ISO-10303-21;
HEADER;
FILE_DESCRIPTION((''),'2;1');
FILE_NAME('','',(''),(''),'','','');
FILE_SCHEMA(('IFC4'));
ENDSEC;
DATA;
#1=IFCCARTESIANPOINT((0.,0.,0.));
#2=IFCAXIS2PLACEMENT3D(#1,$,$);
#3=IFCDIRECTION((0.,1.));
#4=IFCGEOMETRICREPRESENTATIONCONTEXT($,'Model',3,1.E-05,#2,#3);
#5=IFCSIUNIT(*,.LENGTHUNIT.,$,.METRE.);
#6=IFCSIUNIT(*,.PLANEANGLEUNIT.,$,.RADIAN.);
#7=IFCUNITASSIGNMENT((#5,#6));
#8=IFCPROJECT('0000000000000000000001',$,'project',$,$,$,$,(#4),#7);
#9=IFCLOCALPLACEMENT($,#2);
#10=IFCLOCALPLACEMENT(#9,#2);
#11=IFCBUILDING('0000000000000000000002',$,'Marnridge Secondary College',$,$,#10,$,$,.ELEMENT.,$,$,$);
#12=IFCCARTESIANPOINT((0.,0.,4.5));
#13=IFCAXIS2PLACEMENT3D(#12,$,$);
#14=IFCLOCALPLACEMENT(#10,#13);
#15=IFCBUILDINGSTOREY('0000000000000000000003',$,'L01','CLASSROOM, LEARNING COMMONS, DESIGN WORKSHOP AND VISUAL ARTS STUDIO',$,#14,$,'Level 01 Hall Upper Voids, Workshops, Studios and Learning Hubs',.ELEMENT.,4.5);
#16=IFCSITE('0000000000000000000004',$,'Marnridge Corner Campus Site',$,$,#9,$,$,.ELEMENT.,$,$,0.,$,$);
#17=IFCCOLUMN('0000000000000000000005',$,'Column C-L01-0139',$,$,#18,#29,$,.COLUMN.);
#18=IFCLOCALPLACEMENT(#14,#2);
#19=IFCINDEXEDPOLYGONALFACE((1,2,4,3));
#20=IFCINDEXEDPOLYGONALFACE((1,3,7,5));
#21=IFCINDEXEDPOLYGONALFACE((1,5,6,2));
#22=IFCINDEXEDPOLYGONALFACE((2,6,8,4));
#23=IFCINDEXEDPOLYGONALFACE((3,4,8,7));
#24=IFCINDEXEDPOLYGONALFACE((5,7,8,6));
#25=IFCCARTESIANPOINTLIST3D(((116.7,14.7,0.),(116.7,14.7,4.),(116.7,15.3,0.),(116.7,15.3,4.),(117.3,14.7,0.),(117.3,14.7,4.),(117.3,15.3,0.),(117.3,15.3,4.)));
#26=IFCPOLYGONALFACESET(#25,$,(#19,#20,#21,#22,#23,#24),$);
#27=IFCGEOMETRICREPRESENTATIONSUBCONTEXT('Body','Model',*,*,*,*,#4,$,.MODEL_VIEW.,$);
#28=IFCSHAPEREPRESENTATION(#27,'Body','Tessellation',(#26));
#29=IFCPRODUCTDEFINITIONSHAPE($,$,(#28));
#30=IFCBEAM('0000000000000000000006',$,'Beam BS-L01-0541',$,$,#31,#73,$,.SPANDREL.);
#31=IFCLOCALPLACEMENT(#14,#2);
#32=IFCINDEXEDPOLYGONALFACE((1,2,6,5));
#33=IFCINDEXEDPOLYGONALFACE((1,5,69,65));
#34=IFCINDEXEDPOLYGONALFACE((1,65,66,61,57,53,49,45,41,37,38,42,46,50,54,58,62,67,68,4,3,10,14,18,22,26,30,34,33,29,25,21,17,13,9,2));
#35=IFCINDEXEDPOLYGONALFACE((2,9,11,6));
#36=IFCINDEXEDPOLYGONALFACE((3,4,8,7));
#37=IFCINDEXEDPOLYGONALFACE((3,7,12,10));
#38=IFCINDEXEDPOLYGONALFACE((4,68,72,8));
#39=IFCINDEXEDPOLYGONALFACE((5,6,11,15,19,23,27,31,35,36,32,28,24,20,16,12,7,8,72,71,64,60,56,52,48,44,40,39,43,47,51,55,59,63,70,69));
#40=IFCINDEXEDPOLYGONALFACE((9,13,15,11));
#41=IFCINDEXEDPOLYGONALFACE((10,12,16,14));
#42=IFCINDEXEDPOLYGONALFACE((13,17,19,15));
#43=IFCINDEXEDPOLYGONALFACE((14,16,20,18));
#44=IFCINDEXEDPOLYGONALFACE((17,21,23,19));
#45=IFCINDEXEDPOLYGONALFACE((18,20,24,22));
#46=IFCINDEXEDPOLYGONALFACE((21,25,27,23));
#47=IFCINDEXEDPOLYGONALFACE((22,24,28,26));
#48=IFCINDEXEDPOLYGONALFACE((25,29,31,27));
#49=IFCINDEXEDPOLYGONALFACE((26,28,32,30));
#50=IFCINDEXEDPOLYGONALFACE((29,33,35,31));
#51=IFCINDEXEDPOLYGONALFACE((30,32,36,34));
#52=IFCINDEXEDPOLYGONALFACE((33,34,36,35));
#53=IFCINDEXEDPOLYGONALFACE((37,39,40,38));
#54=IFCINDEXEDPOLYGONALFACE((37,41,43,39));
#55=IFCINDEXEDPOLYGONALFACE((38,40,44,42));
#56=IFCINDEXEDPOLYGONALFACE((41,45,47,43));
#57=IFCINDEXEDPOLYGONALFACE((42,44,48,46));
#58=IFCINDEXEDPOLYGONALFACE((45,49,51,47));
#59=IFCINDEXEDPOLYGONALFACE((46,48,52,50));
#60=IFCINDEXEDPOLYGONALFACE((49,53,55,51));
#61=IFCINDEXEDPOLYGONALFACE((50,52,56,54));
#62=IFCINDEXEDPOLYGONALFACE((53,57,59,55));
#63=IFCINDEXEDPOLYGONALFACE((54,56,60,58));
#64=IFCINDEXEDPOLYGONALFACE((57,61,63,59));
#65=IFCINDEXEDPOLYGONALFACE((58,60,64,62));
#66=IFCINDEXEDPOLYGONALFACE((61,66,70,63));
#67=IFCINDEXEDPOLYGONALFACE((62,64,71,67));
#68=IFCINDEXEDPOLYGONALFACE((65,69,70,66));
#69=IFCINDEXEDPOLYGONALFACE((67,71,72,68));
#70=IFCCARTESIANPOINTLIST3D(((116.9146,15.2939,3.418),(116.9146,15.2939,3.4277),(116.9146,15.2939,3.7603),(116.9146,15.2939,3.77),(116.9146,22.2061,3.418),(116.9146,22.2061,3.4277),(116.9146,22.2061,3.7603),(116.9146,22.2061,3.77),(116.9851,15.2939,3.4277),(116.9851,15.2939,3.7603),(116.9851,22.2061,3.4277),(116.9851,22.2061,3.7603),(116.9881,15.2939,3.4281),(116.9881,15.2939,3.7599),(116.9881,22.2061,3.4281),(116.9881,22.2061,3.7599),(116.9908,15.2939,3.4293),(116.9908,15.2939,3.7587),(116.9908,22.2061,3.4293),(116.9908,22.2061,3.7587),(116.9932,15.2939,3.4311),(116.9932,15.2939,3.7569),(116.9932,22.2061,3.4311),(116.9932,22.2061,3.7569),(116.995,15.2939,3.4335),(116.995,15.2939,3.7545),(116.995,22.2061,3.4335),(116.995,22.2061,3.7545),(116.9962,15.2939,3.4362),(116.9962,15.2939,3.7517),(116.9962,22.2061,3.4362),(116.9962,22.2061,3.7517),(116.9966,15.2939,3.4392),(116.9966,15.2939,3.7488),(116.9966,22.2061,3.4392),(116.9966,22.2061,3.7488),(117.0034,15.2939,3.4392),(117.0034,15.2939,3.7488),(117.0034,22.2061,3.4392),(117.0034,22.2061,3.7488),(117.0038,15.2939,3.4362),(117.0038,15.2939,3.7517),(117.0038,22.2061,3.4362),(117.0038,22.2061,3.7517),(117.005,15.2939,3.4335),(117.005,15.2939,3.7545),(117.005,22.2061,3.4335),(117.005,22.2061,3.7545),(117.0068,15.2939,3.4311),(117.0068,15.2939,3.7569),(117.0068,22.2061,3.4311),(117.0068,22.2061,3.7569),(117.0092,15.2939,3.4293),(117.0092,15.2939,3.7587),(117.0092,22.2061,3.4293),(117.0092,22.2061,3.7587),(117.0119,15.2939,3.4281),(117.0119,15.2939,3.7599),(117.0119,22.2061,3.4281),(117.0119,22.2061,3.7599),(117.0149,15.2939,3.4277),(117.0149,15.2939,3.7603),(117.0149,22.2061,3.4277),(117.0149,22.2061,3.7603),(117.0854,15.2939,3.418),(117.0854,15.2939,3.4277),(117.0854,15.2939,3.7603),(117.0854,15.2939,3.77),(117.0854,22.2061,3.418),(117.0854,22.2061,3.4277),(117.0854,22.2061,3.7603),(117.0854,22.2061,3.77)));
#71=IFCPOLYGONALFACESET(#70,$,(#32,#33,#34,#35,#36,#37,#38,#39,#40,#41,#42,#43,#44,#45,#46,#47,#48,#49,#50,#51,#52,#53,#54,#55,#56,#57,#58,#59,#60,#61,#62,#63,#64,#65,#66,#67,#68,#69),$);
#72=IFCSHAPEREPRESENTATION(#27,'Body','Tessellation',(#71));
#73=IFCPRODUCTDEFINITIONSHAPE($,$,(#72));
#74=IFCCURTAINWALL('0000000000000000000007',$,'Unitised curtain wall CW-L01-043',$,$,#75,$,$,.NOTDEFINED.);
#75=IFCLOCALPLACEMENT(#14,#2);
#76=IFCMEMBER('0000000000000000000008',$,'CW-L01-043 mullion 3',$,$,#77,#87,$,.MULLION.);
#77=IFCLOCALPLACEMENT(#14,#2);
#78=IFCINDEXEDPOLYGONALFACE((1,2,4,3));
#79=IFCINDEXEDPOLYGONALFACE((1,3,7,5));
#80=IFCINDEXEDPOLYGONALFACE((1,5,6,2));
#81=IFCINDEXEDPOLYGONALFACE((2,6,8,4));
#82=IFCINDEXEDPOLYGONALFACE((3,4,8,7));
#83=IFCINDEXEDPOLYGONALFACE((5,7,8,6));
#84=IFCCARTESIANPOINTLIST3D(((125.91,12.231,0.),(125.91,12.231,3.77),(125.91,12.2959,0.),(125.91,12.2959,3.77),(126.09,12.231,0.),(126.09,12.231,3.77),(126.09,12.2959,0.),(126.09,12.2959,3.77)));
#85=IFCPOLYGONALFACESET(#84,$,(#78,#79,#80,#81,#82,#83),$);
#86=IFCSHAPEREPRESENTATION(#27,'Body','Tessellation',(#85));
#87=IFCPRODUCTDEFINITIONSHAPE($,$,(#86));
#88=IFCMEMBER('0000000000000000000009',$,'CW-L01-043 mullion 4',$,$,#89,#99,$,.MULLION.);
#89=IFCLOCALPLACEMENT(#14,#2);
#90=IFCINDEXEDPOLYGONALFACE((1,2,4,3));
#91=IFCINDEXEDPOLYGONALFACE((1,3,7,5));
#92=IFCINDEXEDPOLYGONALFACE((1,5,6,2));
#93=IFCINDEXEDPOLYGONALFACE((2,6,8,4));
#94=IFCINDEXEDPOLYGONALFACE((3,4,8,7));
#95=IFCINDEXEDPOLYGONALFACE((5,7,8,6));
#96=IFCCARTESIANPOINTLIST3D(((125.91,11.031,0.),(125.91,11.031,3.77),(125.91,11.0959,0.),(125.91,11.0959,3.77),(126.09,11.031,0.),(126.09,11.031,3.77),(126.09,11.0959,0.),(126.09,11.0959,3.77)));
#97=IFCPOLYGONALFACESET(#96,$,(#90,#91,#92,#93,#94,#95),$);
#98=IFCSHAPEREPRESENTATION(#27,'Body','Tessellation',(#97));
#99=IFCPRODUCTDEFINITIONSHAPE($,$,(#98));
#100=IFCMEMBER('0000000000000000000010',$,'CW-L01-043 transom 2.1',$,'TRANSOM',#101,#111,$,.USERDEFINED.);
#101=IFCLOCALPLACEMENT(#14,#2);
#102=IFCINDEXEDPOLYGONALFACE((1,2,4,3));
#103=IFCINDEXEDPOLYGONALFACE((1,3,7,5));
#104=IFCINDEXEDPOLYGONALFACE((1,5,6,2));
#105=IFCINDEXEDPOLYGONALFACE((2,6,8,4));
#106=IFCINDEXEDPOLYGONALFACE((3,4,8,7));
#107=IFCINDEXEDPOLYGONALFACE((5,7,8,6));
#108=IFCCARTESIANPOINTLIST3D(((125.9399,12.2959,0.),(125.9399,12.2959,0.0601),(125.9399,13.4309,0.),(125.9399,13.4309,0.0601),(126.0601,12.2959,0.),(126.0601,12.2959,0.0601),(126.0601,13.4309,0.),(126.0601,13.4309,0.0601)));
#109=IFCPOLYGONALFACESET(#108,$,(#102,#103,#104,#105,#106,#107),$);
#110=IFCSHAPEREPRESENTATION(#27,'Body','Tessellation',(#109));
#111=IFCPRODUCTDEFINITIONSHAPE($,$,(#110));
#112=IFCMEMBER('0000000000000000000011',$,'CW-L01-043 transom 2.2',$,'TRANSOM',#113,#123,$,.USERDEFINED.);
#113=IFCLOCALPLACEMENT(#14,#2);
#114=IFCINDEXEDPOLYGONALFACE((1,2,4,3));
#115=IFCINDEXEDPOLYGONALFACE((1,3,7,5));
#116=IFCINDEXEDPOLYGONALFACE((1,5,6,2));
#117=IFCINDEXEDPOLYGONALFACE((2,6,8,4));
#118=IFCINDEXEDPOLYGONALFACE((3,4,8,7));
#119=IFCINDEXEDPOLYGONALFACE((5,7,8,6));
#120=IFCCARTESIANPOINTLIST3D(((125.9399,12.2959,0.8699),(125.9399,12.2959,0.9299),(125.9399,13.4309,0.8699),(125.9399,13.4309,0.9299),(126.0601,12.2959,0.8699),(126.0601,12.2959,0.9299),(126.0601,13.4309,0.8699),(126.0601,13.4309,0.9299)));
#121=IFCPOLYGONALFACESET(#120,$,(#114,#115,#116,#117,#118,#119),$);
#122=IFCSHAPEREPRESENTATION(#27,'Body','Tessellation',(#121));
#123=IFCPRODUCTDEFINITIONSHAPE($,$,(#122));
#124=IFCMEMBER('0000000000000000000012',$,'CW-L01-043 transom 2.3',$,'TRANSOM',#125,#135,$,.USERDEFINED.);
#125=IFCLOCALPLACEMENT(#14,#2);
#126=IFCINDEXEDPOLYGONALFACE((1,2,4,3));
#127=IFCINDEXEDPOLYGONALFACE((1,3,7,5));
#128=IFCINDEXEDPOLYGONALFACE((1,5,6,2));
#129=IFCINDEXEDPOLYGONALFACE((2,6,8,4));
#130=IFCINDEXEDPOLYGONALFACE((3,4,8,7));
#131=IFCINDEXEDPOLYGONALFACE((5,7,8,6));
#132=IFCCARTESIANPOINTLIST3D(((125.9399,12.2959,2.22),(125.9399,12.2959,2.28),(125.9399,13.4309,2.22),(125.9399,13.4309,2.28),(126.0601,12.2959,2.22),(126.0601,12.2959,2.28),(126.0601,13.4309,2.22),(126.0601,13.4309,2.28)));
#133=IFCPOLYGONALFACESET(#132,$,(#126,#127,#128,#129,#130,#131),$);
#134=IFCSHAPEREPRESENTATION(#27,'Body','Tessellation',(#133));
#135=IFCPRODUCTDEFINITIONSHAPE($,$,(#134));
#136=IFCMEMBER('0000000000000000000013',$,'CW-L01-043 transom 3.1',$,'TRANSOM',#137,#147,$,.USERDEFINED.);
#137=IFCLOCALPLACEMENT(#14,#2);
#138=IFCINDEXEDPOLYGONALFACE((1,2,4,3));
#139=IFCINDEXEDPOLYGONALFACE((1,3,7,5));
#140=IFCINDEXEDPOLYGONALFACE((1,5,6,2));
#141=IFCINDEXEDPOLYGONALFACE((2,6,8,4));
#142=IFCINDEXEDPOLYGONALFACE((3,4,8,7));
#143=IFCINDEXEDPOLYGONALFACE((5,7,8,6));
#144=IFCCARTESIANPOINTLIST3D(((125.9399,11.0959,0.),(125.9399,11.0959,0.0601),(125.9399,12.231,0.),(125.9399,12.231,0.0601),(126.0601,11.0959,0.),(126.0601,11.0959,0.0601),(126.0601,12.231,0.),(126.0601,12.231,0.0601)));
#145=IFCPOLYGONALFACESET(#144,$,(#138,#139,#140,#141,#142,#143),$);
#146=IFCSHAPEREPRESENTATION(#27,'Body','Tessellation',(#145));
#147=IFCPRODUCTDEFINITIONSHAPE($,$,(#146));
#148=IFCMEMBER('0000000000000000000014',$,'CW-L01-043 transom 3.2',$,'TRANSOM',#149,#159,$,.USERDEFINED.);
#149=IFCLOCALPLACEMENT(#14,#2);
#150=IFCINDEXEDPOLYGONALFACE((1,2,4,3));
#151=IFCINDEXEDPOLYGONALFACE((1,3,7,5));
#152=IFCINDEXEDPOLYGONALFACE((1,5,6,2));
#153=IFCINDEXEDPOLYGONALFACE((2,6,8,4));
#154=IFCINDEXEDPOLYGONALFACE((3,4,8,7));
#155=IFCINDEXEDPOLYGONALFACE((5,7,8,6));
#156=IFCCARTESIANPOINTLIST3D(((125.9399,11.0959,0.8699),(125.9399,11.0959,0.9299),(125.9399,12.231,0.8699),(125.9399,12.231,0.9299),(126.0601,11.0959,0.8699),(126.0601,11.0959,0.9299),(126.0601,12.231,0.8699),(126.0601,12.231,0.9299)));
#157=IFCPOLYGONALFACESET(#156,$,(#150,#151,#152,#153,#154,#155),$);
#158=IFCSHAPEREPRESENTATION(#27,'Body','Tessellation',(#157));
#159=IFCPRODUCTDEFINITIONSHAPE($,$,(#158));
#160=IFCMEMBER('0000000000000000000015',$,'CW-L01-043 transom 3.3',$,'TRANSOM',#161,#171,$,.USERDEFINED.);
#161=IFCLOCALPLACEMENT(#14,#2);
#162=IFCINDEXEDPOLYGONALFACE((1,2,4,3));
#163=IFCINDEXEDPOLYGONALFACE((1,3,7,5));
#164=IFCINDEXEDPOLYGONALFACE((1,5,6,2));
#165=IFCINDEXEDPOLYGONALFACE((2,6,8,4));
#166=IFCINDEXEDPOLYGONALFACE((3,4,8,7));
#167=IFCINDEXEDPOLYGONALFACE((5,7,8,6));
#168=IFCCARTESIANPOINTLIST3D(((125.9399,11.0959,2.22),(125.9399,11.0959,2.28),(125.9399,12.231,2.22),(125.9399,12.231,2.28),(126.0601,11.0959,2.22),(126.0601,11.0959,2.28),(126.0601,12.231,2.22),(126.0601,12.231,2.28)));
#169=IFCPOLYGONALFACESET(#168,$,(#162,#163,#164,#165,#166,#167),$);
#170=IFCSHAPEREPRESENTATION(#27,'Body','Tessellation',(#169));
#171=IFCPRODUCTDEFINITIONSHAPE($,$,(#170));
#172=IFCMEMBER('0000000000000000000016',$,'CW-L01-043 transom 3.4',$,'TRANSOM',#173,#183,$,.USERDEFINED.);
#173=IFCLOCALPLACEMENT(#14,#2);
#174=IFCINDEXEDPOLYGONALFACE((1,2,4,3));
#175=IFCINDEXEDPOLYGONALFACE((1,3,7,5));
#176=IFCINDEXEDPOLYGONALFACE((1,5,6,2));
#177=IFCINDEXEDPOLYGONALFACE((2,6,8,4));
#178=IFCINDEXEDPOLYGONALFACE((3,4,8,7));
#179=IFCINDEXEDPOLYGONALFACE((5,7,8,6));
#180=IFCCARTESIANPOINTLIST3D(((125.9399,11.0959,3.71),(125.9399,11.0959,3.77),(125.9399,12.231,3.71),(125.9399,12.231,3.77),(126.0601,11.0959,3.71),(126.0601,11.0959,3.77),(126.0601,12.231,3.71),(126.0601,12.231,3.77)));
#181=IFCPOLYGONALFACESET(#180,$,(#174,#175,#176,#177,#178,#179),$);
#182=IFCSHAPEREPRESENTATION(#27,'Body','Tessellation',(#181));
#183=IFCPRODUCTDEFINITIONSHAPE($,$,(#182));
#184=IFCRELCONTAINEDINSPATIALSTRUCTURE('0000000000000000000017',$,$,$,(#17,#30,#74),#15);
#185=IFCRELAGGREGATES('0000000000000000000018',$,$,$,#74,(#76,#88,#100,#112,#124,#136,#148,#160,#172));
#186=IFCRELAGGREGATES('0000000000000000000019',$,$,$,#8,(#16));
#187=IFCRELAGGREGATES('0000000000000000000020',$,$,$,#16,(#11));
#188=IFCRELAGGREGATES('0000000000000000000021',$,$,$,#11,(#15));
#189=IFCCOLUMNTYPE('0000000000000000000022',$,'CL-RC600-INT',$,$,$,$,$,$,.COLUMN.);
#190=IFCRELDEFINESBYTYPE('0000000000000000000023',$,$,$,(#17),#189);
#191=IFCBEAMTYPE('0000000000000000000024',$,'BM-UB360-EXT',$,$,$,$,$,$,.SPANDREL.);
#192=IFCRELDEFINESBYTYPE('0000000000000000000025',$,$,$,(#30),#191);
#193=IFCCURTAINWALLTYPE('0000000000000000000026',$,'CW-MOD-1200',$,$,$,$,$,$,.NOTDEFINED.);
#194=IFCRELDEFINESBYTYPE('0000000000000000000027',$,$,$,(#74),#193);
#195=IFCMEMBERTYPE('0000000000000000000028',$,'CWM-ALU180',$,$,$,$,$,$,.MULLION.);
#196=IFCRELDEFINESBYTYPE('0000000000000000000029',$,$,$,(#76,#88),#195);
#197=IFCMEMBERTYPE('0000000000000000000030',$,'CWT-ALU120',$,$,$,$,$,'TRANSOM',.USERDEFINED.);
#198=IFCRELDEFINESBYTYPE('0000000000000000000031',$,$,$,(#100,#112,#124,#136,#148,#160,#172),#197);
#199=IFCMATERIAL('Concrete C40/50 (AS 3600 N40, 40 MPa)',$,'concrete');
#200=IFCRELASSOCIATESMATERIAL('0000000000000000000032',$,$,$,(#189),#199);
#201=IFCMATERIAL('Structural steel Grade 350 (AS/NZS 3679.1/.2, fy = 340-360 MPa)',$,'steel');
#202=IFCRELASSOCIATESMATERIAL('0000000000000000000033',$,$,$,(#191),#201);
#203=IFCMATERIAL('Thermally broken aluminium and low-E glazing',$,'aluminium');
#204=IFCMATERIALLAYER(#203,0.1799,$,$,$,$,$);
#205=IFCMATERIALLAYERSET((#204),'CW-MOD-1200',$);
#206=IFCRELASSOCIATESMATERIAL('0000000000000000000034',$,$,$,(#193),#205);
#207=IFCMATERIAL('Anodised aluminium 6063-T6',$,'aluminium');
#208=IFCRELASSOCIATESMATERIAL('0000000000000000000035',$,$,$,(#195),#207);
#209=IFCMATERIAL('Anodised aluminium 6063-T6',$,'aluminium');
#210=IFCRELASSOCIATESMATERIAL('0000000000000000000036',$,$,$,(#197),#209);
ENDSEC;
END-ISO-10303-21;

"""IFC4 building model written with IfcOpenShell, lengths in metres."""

from ifc_helpers import new_model, si_unit, direction, frame, origin, origin_2d, place, context, subcontext, project, spatial, rectangle, i_section, extrude, material, layer, layer_set, material_profile, profile_set, type_object, element, aggregate, save


model = new_model("IFC4")

# Units and contexts
model_context = context("Model", 3, precision=1e-05, world=origin(), true_north=direction((0.0, 1.0)))
body_context = subcontext(model_context, "Body", "Model", "MODEL_VIEW")
ifc_project = project(units=[si_unit("LENGTHUNIT", "METRE"), si_unit("PLANEANGLEUNIT", "RADIAN")], contexts=[model_context])

# Site, building, storey
site_placement = place(None, origin())
site = spatial("IfcSite", under=ifc_project, at=site_placement, Name="Marnridge Corner Campus Site", CompositionType="ELEMENT", RefElevation=0.0)
building_placement = place(site_placement, origin())
building = spatial("IfcBuilding", under=site, at=building_placement, Name="Marnridge Secondary College", CompositionType="ELEMENT")
storey_placement = place(building_placement, frame((0.0, 0.0, 4.5)))
storey = spatial("IfcBuildingStorey", under=building, at=storey_placement, Name="L01", Description="CLASSROOM, LEARNING COMMONS, DESIGN WORKSHOP AND VISUAL ARTS STUDIO", LongName="Level 01 Hall Upper Voids, Workshops, Studios and Learning Hubs", CompositionType="ELEMENT", Elevation=4.5)

# Column
ifc_material_1 = material(Name="Concrete C40/50 (AS 3600 N40, 40 MPa)", Category="concrete")
ifc_material_profile_1 = material_profile(ifc_material_1, rectangle(XDim=0.6001, YDim=0.6001, at=origin_2d()), Name="RC 600x600")
ifc_profile_set_1 = profile_set([ifc_material_profile_1], Name="Concrete C40/50 (AS 3600 N40, 40 MPa)")
column_type = type_object("IfcColumnType", Name="CL-RC600-INT", PredefinedType="COLUMN", material=ifc_profile_set_1)
column_placement = place(storey_placement, frame((117.0, 15.0, 0.0), z_axis=(0.0, 0.0, 1.0), x_axis=(1.0, 0.0, 0.0)))
element("IfcColumn", 1, at=column_placement, inside=storey, type_object=column_type, Name="Column C-L01-0139", PredefinedType="COLUMN", context=body_context, shape_type="SweptSolid", body=[
    extrude(rectangle(XDim=0.6001, YDim=0.6001, at=origin_2d()), origin(), (0.0, 0.0, 1.0), 4.0),
])

# Beam
ifc_material_2 = material(Name="Structural steel Grade 350 (AS/NZS 3679.1/.2, fy = 340-360 MPa)", Category="steel")
ifc_material_profile_2 = material_profile(ifc_material_2, i_section(OverallWidth=0.1709, OverallDepth=0.3521, WebThickness=0.0068, FlangeThickness=0.0098, FilletRadius=0.0115, at=origin_2d()), Name="360UB44.7")
ifc_profile_set_2 = profile_set([ifc_material_profile_2], Name="Structural steel Grade 350 (AS/NZS 3679.1/.2, fy = 340-360 MPa)")
beam_type = type_object("IfcBeamType", Name="BM-UB360-EXT", PredefinedType="SPANDREL", material=ifc_profile_set_2)
beam_placement = place(storey_placement, frame((117.0, 15.2939, 3.594), z_axis=(0.0, 1.0, 0.0), x_axis=(-1.0, 0.0, 0.0)))
element("IfcBeam", 2, at=beam_placement, inside=storey, type_object=beam_type, Name="Beam BS-L01-0541", PredefinedType="SPANDREL", context=body_context, shape_type="SweptSolid", body=[
    extrude(i_section(OverallWidth=0.1709, OverallDepth=0.3521, WebThickness=0.0068, FlangeThickness=0.0098, FilletRadius=0.0115, at=origin_2d()), origin(), (0.0, 0.0, 1.0), 6.9121),
])

# Curtain wall, members
ifc_material_3 = material(Name="Thermally broken aluminium and low-E glazing", Category="aluminium")
ifc_layer_1 = layer(ifc_material_3, 0.1799)
ifc_layer_set_1 = layer_set([ifc_layer_1], Name="CW-MOD-1200")
curtain_wall_type = type_object("IfcCurtainWallType", Name="CW-MOD-1200", PredefinedType="NOTDEFINED", material=ifc_layer_set_1)
curtain_wall_placement = place(storey_placement, origin())
curtain_wall = element("IfcCurtainWall", 3, at=curtain_wall_placement, inside=storey, type_object=curtain_wall_type, Name="Unitised curtain wall CW-L01-043", PredefinedType="NOTDEFINED")
ifc_material_4 = material(Name="Anodised aluminium 6063-T6", Category="aluminium")
ifc_material_profile_3 = material_profile(ifc_material_4, rectangle(XDim=0.0649, YDim=0.1799, at=origin_2d()), Name="ALU 65x180")
ifc_profile_set_3 = profile_set([ifc_material_profile_3], Name="Anodised aluminium 6063-T6")
member_type_1 = type_object("IfcMemberType", Name="CWM-ALU180", PredefinedType="MULLION", material=ifc_profile_set_3)
member_1_placement = place(storey_placement, frame((126.0, 12.2634, 0.0), z_axis=(0.0, 0.0, 1.0), x_axis=(0.0, -1.0, 0.0)))
member_1 = element("IfcMember", 4, at=member_1_placement, type_object=member_type_1, Name="CW-L01-043 mullion 3", PredefinedType="MULLION", context=body_context, shape_type="SweptSolid", body=[
    extrude(rectangle(XDim=0.0649, YDim=0.1799, at=origin_2d()), origin(), (0.0, 0.0, 1.0), 3.77),
])
member_2_placement = place(storey_placement, frame((126.0, 11.0635, 0.0), z_axis=(0.0, 0.0, 1.0), x_axis=(0.0, -1.0, 0.0)))
member_2 = element("IfcMember", 5, at=member_2_placement, type_object=member_type_1, Name="CW-L01-043 mullion 4", PredefinedType="MULLION", context=body_context, shape_type="SweptSolid", body=[
    extrude(rectangle(XDim=0.0649, YDim=0.1799, at=origin_2d()), origin(), (0.0, 0.0, 1.0), 3.77),
])
ifc_material_5 = material(Name="Anodised aluminium 6063-T6", Category="aluminium")
ifc_material_profile_4 = material_profile(ifc_material_5, rectangle(XDim=0.0601, YDim=0.1201, at=origin_2d()), Name="ALU 60x120")
ifc_profile_set_4 = profile_set([ifc_material_profile_4], Name="Anodised aluminium 6063-T6")
member_type_2 = type_object("IfcMemberType", Name="CWT-ALU120", ElementType="TRANSOM", PredefinedType="USERDEFINED", material=ifc_profile_set_4)
member_3_placement = place(storey_placement, frame((126.0, 13.4309, 0.03), z_axis=(0.0, -1.0, 0.0), x_axis=(0.0, 0.0, 1.0)))
member_3 = element("IfcMember", 6, at=member_3_placement, type_object=member_type_2, Name="CW-L01-043 transom 2.1", ObjectType="TRANSOM", PredefinedType="USERDEFINED", context=body_context, shape_type="SweptSolid", body=[
    extrude(rectangle(XDim=0.0601, YDim=0.1201, at=origin_2d()), origin(), (0.0, 0.0, 1.0), 1.135),
])
member_4_placement = place(storey_placement, frame((126.0, 13.4309, 0.8999), z_axis=(0.0, -1.0, 0.0), x_axis=(0.0, 0.0, 1.0)))
member_4 = element("IfcMember", 7, at=member_4_placement, type_object=member_type_2, Name="CW-L01-043 transom 2.2", ObjectType="TRANSOM", PredefinedType="USERDEFINED", context=body_context, shape_type="SweptSolid", body=[
    extrude(rectangle(XDim=0.0601, YDim=0.1201, at=origin_2d()), origin(), (0.0, 0.0, 1.0), 1.135),
])
member_5_placement = place(storey_placement, frame((126.0, 13.4309, 2.25), z_axis=(0.0, -1.0, 0.0), x_axis=(0.0, 0.0, 1.0)))
member_5 = element("IfcMember", 8, at=member_5_placement, type_object=member_type_2, Name="CW-L01-043 transom 2.3", ObjectType="TRANSOM", PredefinedType="USERDEFINED", context=body_context, shape_type="SweptSolid", body=[
    extrude(rectangle(XDim=0.0601, YDim=0.1201, at=origin_2d()), origin(), (0.0, 0.0, 1.0), 1.135),
])
member_6_placement = place(storey_placement, frame((126.0, 12.231, 0.03), z_axis=(0.0, -1.0, 0.0), x_axis=(0.0, 0.0, 1.0)))
member_6 = element("IfcMember", 9, at=member_6_placement, type_object=member_type_2, Name="CW-L01-043 transom 3.1", ObjectType="TRANSOM", PredefinedType="USERDEFINED", context=body_context, shape_type="SweptSolid", body=[
    extrude(rectangle(XDim=0.0601, YDim=0.1201, at=origin_2d()), origin(), (0.0, 0.0, 1.0), 1.135),
])
member_7_placement = place(storey_placement, frame((126.0, 12.231, 0.8999), z_axis=(0.0, -1.0, 0.0), x_axis=(0.0, 0.0, 1.0)))
member_7 = element("IfcMember", 10, at=member_7_placement, type_object=member_type_2, Name="CW-L01-043 transom 3.2", ObjectType="TRANSOM", PredefinedType="USERDEFINED", context=body_context, shape_type="SweptSolid", body=[
    extrude(rectangle(XDim=0.0601, YDim=0.1201, at=origin_2d()), origin(), (0.0, 0.0, 1.0), 1.135),
])
member_8_placement = place(storey_placement, frame((126.0, 12.231, 2.25), z_axis=(0.0, -1.0, 0.0), x_axis=(0.0, 0.0, 1.0)))
member_8 = element("IfcMember", 11, at=member_8_placement, type_object=member_type_2, Name="CW-L01-043 transom 3.3", ObjectType="TRANSOM", PredefinedType="USERDEFINED", context=body_context, shape_type="SweptSolid", body=[
    extrude(rectangle(XDim=0.0601, YDim=0.1201, at=origin_2d()), origin(), (0.0, 0.0, 1.0), 1.135),
])
member_9_placement = place(storey_placement, frame((126.0, 12.231, 3.74), z_axis=(0.0, -1.0, 0.0), x_axis=(0.0, 0.0, 1.0)))
member_9 = element("IfcMember", 12, at=member_9_placement, type_object=member_type_2, Name="CW-L01-043 transom 3.4", ObjectType="TRANSOM", PredefinedType="USERDEFINED", context=body_context, shape_type="SweptSolid", body=[
    extrude(rectangle(XDim=0.0601, YDim=0.1201, at=origin_2d()), origin(), (0.0, 0.0, 1.0), 1.135),
])
aggregate(curtain_wall, [member_1, member_2, member_3, member_4, member_5, member_6, member_7, member_8, member_9])

save(model, "model.ifc")
